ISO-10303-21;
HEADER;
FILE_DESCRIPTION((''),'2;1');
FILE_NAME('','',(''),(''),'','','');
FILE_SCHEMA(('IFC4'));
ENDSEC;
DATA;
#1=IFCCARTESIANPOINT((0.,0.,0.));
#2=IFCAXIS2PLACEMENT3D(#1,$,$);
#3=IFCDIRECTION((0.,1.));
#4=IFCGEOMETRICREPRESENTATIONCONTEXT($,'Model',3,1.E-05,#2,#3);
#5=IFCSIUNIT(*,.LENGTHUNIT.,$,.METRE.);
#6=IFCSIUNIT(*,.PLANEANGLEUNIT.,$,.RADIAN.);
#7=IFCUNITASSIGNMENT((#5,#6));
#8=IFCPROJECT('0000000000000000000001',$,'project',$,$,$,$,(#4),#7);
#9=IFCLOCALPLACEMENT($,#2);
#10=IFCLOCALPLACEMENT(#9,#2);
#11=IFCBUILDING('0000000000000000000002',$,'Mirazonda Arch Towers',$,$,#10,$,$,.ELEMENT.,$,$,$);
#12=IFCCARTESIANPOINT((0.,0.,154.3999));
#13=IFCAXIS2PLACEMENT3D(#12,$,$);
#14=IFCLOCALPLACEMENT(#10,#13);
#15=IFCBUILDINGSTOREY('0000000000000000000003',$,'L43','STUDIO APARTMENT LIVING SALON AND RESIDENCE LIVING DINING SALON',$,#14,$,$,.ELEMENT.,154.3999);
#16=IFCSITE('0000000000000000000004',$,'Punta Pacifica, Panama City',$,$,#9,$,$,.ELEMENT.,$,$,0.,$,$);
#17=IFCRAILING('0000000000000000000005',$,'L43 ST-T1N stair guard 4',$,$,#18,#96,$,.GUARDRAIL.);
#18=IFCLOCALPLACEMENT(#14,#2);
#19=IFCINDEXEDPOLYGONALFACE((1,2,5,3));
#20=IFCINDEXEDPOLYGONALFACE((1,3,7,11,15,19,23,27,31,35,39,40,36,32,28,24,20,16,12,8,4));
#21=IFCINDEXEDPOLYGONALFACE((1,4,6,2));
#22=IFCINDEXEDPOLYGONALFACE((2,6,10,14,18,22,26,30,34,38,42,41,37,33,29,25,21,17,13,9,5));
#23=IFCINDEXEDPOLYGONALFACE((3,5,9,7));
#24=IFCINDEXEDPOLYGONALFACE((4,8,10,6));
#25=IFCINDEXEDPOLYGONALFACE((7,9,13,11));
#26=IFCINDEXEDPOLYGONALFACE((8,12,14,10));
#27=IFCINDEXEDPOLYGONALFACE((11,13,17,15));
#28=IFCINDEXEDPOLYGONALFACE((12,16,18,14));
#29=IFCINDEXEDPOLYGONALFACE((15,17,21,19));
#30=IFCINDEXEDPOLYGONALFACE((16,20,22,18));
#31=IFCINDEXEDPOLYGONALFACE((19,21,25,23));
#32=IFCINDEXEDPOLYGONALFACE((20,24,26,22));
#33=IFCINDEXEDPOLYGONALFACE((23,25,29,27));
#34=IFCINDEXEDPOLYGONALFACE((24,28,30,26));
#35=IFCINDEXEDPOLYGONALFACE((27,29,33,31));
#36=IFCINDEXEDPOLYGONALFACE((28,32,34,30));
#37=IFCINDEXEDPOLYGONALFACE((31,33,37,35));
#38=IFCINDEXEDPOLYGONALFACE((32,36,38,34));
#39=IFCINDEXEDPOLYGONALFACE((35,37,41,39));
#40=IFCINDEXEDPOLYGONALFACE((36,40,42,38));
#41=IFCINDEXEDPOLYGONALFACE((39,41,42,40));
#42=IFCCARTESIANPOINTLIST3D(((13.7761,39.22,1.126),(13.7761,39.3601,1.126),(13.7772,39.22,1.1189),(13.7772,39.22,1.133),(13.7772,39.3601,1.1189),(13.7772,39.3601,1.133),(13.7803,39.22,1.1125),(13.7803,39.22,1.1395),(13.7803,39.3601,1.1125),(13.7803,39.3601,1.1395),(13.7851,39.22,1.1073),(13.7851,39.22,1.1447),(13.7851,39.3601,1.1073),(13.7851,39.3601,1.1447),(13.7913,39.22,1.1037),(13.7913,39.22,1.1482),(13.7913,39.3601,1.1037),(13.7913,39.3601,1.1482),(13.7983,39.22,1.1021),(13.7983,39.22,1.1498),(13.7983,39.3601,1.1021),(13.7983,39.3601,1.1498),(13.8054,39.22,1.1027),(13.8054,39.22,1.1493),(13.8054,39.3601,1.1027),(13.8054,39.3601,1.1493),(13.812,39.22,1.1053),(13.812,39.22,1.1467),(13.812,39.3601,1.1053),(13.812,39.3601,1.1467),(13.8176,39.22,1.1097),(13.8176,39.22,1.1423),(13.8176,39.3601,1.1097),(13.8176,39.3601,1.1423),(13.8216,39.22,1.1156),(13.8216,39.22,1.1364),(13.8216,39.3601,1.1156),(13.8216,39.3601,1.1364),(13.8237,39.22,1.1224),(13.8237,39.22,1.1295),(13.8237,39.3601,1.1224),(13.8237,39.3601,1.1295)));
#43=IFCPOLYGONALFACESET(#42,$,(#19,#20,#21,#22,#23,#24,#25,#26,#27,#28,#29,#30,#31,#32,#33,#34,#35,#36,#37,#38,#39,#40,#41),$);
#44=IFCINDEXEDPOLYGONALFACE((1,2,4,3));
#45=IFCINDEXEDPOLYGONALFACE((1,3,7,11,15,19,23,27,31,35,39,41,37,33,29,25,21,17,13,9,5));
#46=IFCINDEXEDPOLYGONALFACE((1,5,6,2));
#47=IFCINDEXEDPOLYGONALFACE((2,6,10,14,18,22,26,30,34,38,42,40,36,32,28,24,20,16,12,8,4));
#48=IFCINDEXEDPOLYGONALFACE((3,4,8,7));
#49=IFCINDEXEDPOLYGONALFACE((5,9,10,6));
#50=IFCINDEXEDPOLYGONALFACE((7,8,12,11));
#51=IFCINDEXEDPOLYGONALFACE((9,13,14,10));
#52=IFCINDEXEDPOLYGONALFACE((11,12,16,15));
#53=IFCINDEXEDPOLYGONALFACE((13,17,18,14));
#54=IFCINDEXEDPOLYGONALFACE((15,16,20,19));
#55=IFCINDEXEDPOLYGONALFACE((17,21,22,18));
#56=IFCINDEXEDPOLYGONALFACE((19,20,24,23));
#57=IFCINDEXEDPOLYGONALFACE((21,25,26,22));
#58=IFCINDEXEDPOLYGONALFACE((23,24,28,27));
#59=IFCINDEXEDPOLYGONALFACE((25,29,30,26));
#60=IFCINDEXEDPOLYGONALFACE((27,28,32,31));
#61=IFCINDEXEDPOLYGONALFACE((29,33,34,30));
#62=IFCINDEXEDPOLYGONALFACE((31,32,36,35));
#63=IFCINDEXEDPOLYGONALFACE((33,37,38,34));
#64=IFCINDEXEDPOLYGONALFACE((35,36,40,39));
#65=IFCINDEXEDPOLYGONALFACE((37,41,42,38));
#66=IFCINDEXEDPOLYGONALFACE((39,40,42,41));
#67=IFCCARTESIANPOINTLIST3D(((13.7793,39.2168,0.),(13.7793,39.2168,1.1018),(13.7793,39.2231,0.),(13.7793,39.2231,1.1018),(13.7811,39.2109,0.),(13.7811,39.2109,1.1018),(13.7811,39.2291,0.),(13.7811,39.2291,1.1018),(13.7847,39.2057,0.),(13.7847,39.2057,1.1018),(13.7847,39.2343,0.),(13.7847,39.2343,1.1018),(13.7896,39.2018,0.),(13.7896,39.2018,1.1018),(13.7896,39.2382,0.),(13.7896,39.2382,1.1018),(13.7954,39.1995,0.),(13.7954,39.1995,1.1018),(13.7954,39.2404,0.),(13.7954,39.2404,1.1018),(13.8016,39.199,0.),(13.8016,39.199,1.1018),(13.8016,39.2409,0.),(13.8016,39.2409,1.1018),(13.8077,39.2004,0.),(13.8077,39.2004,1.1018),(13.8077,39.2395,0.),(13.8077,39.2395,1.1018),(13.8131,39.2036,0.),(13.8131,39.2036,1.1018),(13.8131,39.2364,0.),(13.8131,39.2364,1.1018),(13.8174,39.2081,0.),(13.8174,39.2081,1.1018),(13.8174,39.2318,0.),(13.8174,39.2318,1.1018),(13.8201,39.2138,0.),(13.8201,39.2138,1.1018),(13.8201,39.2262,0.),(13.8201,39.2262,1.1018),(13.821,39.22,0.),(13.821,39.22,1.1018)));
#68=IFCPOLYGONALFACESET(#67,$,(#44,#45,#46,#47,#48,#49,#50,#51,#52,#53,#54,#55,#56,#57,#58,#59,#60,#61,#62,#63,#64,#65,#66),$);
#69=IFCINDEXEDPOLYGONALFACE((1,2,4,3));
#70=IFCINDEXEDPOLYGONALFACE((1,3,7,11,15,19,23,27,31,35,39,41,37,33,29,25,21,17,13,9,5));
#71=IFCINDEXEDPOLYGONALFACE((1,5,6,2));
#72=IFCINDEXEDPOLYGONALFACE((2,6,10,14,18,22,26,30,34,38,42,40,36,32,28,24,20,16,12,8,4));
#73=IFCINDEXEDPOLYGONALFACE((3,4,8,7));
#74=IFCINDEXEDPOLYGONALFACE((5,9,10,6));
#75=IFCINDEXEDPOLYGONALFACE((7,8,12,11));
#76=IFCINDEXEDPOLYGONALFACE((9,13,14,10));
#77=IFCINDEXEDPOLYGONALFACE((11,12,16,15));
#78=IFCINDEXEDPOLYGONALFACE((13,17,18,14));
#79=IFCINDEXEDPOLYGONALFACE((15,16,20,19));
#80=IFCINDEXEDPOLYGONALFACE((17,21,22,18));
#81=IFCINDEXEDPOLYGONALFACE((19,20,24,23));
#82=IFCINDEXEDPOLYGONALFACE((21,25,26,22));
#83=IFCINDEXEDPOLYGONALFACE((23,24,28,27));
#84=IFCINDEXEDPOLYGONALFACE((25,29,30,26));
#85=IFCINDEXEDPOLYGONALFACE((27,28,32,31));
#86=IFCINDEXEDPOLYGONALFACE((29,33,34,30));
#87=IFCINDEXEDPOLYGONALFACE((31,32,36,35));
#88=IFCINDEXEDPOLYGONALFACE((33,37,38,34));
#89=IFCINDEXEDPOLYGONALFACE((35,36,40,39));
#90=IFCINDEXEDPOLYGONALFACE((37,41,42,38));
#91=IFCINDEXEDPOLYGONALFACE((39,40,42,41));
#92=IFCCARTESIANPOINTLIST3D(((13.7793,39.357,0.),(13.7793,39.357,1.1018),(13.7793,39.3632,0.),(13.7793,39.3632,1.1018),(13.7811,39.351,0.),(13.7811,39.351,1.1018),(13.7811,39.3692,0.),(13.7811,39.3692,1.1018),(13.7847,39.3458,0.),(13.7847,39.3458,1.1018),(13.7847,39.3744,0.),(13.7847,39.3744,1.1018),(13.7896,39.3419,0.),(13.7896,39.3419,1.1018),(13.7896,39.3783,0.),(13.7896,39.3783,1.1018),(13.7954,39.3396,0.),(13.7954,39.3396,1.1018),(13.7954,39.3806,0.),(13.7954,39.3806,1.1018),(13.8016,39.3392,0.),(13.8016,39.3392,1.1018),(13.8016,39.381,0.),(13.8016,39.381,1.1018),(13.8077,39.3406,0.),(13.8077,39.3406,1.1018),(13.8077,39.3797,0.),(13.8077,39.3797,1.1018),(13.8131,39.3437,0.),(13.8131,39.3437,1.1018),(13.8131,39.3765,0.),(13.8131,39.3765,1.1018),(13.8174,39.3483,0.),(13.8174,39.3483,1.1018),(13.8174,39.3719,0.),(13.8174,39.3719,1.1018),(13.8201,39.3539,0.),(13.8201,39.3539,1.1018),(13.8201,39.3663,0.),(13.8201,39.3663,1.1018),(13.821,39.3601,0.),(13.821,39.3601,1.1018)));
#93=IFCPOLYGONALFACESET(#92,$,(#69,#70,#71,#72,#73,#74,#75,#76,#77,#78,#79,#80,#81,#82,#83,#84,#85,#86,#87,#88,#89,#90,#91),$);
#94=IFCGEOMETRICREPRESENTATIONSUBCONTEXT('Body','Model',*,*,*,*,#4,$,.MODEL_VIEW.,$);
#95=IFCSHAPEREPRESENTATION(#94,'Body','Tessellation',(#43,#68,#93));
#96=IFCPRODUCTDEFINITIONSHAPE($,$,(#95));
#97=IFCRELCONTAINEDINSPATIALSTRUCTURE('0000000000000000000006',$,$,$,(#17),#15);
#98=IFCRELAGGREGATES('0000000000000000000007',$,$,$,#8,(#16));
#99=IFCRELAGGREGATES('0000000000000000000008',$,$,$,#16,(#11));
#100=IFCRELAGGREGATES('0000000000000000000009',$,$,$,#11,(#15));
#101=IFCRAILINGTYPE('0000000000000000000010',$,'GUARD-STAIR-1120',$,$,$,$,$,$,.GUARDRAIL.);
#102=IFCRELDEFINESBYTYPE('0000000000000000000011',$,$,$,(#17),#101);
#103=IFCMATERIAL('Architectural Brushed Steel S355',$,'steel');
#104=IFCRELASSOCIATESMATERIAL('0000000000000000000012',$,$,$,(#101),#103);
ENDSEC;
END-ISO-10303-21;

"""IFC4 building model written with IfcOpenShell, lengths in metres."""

from ifc_helpers import new_model, si_unit, direction, frame, origin, origin_2d, place, context, subcontext, project, spatial, circle, extrude, material, type_object, element, save


model = new_model("IFC4")

# Units and contexts
model_context = context("Model", 3, precision=1e-05, world=origin(), true_north=direction((0.0, 1.0)))
body_context = subcontext(model_context, "Body", "Model", "MODEL_VIEW")
ifc_project = project(units=[si_unit("LENGTHUNIT", "METRE"), si_unit("PLANEANGLEUNIT", "RADIAN")], contexts=[model_context])

# Site, building, storey
site_placement = place(None, origin())
site = spatial("IfcSite", under=ifc_project, at=site_placement, Name="Punta Pacifica, Panama City", CompositionType="ELEMENT", RefElevation=0.0)
building_placement = place(site_placement, origin())
building = spatial("IfcBuilding", under=site, at=building_placement, Name="Mirazonda Arch Towers", CompositionType="ELEMENT")
storey_placement = place(building_placement, frame((0.0, 0.0, 154.3999)))
storey = spatial("IfcBuildingStorey", under=building, at=storey_placement, Name="L43", Description="STUDIO APARTMENT LIVING SALON AND RESIDENCE LIVING DINING SALON", CompositionType="ELEMENT", Elevation=154.3999)

# Shared definitions
ifc_material_1 = material(Name="Architectural Brushed Steel S355", Category="steel")

# Railing
railing_type_1 = type_object("IfcRailingType", Name="GUARD-STAIR-1120", PredefinedType="GUARDRAIL", material=ifc_material_1)
railing_1_placement = place(storey_placement, frame((13.8, 39.22, 0.0)))
element("IfcRailing", 1, at=railing_1_placement, inside=storey, type_object=railing_type_1, Name="L43 ST-T1N stair guard 4", PredefinedType="GUARDRAIL", context=body_context, shape_type="SweptSolid", body=[
    extrude(circle(Radius=0.0239, at=origin_2d()), frame((0.0, 0.0, 1.126), z_axis=(0.0, 1.0, 0.0), x_axis=(-1.0, 0.0, 0.0)), (0.0, 0.0, 1.0), 0.1401),
    extrude(circle(Radius=0.021, at=origin_2d()), origin(), (0.0, 0.0, 1.0), 1.1018),
    extrude(circle(Radius=0.021, at=origin_2d()), frame((0.0, 0.1401, 0.0)), (0.0, 0.0, 1.0), 1.1018),
])

save(model, "model.ifc")
